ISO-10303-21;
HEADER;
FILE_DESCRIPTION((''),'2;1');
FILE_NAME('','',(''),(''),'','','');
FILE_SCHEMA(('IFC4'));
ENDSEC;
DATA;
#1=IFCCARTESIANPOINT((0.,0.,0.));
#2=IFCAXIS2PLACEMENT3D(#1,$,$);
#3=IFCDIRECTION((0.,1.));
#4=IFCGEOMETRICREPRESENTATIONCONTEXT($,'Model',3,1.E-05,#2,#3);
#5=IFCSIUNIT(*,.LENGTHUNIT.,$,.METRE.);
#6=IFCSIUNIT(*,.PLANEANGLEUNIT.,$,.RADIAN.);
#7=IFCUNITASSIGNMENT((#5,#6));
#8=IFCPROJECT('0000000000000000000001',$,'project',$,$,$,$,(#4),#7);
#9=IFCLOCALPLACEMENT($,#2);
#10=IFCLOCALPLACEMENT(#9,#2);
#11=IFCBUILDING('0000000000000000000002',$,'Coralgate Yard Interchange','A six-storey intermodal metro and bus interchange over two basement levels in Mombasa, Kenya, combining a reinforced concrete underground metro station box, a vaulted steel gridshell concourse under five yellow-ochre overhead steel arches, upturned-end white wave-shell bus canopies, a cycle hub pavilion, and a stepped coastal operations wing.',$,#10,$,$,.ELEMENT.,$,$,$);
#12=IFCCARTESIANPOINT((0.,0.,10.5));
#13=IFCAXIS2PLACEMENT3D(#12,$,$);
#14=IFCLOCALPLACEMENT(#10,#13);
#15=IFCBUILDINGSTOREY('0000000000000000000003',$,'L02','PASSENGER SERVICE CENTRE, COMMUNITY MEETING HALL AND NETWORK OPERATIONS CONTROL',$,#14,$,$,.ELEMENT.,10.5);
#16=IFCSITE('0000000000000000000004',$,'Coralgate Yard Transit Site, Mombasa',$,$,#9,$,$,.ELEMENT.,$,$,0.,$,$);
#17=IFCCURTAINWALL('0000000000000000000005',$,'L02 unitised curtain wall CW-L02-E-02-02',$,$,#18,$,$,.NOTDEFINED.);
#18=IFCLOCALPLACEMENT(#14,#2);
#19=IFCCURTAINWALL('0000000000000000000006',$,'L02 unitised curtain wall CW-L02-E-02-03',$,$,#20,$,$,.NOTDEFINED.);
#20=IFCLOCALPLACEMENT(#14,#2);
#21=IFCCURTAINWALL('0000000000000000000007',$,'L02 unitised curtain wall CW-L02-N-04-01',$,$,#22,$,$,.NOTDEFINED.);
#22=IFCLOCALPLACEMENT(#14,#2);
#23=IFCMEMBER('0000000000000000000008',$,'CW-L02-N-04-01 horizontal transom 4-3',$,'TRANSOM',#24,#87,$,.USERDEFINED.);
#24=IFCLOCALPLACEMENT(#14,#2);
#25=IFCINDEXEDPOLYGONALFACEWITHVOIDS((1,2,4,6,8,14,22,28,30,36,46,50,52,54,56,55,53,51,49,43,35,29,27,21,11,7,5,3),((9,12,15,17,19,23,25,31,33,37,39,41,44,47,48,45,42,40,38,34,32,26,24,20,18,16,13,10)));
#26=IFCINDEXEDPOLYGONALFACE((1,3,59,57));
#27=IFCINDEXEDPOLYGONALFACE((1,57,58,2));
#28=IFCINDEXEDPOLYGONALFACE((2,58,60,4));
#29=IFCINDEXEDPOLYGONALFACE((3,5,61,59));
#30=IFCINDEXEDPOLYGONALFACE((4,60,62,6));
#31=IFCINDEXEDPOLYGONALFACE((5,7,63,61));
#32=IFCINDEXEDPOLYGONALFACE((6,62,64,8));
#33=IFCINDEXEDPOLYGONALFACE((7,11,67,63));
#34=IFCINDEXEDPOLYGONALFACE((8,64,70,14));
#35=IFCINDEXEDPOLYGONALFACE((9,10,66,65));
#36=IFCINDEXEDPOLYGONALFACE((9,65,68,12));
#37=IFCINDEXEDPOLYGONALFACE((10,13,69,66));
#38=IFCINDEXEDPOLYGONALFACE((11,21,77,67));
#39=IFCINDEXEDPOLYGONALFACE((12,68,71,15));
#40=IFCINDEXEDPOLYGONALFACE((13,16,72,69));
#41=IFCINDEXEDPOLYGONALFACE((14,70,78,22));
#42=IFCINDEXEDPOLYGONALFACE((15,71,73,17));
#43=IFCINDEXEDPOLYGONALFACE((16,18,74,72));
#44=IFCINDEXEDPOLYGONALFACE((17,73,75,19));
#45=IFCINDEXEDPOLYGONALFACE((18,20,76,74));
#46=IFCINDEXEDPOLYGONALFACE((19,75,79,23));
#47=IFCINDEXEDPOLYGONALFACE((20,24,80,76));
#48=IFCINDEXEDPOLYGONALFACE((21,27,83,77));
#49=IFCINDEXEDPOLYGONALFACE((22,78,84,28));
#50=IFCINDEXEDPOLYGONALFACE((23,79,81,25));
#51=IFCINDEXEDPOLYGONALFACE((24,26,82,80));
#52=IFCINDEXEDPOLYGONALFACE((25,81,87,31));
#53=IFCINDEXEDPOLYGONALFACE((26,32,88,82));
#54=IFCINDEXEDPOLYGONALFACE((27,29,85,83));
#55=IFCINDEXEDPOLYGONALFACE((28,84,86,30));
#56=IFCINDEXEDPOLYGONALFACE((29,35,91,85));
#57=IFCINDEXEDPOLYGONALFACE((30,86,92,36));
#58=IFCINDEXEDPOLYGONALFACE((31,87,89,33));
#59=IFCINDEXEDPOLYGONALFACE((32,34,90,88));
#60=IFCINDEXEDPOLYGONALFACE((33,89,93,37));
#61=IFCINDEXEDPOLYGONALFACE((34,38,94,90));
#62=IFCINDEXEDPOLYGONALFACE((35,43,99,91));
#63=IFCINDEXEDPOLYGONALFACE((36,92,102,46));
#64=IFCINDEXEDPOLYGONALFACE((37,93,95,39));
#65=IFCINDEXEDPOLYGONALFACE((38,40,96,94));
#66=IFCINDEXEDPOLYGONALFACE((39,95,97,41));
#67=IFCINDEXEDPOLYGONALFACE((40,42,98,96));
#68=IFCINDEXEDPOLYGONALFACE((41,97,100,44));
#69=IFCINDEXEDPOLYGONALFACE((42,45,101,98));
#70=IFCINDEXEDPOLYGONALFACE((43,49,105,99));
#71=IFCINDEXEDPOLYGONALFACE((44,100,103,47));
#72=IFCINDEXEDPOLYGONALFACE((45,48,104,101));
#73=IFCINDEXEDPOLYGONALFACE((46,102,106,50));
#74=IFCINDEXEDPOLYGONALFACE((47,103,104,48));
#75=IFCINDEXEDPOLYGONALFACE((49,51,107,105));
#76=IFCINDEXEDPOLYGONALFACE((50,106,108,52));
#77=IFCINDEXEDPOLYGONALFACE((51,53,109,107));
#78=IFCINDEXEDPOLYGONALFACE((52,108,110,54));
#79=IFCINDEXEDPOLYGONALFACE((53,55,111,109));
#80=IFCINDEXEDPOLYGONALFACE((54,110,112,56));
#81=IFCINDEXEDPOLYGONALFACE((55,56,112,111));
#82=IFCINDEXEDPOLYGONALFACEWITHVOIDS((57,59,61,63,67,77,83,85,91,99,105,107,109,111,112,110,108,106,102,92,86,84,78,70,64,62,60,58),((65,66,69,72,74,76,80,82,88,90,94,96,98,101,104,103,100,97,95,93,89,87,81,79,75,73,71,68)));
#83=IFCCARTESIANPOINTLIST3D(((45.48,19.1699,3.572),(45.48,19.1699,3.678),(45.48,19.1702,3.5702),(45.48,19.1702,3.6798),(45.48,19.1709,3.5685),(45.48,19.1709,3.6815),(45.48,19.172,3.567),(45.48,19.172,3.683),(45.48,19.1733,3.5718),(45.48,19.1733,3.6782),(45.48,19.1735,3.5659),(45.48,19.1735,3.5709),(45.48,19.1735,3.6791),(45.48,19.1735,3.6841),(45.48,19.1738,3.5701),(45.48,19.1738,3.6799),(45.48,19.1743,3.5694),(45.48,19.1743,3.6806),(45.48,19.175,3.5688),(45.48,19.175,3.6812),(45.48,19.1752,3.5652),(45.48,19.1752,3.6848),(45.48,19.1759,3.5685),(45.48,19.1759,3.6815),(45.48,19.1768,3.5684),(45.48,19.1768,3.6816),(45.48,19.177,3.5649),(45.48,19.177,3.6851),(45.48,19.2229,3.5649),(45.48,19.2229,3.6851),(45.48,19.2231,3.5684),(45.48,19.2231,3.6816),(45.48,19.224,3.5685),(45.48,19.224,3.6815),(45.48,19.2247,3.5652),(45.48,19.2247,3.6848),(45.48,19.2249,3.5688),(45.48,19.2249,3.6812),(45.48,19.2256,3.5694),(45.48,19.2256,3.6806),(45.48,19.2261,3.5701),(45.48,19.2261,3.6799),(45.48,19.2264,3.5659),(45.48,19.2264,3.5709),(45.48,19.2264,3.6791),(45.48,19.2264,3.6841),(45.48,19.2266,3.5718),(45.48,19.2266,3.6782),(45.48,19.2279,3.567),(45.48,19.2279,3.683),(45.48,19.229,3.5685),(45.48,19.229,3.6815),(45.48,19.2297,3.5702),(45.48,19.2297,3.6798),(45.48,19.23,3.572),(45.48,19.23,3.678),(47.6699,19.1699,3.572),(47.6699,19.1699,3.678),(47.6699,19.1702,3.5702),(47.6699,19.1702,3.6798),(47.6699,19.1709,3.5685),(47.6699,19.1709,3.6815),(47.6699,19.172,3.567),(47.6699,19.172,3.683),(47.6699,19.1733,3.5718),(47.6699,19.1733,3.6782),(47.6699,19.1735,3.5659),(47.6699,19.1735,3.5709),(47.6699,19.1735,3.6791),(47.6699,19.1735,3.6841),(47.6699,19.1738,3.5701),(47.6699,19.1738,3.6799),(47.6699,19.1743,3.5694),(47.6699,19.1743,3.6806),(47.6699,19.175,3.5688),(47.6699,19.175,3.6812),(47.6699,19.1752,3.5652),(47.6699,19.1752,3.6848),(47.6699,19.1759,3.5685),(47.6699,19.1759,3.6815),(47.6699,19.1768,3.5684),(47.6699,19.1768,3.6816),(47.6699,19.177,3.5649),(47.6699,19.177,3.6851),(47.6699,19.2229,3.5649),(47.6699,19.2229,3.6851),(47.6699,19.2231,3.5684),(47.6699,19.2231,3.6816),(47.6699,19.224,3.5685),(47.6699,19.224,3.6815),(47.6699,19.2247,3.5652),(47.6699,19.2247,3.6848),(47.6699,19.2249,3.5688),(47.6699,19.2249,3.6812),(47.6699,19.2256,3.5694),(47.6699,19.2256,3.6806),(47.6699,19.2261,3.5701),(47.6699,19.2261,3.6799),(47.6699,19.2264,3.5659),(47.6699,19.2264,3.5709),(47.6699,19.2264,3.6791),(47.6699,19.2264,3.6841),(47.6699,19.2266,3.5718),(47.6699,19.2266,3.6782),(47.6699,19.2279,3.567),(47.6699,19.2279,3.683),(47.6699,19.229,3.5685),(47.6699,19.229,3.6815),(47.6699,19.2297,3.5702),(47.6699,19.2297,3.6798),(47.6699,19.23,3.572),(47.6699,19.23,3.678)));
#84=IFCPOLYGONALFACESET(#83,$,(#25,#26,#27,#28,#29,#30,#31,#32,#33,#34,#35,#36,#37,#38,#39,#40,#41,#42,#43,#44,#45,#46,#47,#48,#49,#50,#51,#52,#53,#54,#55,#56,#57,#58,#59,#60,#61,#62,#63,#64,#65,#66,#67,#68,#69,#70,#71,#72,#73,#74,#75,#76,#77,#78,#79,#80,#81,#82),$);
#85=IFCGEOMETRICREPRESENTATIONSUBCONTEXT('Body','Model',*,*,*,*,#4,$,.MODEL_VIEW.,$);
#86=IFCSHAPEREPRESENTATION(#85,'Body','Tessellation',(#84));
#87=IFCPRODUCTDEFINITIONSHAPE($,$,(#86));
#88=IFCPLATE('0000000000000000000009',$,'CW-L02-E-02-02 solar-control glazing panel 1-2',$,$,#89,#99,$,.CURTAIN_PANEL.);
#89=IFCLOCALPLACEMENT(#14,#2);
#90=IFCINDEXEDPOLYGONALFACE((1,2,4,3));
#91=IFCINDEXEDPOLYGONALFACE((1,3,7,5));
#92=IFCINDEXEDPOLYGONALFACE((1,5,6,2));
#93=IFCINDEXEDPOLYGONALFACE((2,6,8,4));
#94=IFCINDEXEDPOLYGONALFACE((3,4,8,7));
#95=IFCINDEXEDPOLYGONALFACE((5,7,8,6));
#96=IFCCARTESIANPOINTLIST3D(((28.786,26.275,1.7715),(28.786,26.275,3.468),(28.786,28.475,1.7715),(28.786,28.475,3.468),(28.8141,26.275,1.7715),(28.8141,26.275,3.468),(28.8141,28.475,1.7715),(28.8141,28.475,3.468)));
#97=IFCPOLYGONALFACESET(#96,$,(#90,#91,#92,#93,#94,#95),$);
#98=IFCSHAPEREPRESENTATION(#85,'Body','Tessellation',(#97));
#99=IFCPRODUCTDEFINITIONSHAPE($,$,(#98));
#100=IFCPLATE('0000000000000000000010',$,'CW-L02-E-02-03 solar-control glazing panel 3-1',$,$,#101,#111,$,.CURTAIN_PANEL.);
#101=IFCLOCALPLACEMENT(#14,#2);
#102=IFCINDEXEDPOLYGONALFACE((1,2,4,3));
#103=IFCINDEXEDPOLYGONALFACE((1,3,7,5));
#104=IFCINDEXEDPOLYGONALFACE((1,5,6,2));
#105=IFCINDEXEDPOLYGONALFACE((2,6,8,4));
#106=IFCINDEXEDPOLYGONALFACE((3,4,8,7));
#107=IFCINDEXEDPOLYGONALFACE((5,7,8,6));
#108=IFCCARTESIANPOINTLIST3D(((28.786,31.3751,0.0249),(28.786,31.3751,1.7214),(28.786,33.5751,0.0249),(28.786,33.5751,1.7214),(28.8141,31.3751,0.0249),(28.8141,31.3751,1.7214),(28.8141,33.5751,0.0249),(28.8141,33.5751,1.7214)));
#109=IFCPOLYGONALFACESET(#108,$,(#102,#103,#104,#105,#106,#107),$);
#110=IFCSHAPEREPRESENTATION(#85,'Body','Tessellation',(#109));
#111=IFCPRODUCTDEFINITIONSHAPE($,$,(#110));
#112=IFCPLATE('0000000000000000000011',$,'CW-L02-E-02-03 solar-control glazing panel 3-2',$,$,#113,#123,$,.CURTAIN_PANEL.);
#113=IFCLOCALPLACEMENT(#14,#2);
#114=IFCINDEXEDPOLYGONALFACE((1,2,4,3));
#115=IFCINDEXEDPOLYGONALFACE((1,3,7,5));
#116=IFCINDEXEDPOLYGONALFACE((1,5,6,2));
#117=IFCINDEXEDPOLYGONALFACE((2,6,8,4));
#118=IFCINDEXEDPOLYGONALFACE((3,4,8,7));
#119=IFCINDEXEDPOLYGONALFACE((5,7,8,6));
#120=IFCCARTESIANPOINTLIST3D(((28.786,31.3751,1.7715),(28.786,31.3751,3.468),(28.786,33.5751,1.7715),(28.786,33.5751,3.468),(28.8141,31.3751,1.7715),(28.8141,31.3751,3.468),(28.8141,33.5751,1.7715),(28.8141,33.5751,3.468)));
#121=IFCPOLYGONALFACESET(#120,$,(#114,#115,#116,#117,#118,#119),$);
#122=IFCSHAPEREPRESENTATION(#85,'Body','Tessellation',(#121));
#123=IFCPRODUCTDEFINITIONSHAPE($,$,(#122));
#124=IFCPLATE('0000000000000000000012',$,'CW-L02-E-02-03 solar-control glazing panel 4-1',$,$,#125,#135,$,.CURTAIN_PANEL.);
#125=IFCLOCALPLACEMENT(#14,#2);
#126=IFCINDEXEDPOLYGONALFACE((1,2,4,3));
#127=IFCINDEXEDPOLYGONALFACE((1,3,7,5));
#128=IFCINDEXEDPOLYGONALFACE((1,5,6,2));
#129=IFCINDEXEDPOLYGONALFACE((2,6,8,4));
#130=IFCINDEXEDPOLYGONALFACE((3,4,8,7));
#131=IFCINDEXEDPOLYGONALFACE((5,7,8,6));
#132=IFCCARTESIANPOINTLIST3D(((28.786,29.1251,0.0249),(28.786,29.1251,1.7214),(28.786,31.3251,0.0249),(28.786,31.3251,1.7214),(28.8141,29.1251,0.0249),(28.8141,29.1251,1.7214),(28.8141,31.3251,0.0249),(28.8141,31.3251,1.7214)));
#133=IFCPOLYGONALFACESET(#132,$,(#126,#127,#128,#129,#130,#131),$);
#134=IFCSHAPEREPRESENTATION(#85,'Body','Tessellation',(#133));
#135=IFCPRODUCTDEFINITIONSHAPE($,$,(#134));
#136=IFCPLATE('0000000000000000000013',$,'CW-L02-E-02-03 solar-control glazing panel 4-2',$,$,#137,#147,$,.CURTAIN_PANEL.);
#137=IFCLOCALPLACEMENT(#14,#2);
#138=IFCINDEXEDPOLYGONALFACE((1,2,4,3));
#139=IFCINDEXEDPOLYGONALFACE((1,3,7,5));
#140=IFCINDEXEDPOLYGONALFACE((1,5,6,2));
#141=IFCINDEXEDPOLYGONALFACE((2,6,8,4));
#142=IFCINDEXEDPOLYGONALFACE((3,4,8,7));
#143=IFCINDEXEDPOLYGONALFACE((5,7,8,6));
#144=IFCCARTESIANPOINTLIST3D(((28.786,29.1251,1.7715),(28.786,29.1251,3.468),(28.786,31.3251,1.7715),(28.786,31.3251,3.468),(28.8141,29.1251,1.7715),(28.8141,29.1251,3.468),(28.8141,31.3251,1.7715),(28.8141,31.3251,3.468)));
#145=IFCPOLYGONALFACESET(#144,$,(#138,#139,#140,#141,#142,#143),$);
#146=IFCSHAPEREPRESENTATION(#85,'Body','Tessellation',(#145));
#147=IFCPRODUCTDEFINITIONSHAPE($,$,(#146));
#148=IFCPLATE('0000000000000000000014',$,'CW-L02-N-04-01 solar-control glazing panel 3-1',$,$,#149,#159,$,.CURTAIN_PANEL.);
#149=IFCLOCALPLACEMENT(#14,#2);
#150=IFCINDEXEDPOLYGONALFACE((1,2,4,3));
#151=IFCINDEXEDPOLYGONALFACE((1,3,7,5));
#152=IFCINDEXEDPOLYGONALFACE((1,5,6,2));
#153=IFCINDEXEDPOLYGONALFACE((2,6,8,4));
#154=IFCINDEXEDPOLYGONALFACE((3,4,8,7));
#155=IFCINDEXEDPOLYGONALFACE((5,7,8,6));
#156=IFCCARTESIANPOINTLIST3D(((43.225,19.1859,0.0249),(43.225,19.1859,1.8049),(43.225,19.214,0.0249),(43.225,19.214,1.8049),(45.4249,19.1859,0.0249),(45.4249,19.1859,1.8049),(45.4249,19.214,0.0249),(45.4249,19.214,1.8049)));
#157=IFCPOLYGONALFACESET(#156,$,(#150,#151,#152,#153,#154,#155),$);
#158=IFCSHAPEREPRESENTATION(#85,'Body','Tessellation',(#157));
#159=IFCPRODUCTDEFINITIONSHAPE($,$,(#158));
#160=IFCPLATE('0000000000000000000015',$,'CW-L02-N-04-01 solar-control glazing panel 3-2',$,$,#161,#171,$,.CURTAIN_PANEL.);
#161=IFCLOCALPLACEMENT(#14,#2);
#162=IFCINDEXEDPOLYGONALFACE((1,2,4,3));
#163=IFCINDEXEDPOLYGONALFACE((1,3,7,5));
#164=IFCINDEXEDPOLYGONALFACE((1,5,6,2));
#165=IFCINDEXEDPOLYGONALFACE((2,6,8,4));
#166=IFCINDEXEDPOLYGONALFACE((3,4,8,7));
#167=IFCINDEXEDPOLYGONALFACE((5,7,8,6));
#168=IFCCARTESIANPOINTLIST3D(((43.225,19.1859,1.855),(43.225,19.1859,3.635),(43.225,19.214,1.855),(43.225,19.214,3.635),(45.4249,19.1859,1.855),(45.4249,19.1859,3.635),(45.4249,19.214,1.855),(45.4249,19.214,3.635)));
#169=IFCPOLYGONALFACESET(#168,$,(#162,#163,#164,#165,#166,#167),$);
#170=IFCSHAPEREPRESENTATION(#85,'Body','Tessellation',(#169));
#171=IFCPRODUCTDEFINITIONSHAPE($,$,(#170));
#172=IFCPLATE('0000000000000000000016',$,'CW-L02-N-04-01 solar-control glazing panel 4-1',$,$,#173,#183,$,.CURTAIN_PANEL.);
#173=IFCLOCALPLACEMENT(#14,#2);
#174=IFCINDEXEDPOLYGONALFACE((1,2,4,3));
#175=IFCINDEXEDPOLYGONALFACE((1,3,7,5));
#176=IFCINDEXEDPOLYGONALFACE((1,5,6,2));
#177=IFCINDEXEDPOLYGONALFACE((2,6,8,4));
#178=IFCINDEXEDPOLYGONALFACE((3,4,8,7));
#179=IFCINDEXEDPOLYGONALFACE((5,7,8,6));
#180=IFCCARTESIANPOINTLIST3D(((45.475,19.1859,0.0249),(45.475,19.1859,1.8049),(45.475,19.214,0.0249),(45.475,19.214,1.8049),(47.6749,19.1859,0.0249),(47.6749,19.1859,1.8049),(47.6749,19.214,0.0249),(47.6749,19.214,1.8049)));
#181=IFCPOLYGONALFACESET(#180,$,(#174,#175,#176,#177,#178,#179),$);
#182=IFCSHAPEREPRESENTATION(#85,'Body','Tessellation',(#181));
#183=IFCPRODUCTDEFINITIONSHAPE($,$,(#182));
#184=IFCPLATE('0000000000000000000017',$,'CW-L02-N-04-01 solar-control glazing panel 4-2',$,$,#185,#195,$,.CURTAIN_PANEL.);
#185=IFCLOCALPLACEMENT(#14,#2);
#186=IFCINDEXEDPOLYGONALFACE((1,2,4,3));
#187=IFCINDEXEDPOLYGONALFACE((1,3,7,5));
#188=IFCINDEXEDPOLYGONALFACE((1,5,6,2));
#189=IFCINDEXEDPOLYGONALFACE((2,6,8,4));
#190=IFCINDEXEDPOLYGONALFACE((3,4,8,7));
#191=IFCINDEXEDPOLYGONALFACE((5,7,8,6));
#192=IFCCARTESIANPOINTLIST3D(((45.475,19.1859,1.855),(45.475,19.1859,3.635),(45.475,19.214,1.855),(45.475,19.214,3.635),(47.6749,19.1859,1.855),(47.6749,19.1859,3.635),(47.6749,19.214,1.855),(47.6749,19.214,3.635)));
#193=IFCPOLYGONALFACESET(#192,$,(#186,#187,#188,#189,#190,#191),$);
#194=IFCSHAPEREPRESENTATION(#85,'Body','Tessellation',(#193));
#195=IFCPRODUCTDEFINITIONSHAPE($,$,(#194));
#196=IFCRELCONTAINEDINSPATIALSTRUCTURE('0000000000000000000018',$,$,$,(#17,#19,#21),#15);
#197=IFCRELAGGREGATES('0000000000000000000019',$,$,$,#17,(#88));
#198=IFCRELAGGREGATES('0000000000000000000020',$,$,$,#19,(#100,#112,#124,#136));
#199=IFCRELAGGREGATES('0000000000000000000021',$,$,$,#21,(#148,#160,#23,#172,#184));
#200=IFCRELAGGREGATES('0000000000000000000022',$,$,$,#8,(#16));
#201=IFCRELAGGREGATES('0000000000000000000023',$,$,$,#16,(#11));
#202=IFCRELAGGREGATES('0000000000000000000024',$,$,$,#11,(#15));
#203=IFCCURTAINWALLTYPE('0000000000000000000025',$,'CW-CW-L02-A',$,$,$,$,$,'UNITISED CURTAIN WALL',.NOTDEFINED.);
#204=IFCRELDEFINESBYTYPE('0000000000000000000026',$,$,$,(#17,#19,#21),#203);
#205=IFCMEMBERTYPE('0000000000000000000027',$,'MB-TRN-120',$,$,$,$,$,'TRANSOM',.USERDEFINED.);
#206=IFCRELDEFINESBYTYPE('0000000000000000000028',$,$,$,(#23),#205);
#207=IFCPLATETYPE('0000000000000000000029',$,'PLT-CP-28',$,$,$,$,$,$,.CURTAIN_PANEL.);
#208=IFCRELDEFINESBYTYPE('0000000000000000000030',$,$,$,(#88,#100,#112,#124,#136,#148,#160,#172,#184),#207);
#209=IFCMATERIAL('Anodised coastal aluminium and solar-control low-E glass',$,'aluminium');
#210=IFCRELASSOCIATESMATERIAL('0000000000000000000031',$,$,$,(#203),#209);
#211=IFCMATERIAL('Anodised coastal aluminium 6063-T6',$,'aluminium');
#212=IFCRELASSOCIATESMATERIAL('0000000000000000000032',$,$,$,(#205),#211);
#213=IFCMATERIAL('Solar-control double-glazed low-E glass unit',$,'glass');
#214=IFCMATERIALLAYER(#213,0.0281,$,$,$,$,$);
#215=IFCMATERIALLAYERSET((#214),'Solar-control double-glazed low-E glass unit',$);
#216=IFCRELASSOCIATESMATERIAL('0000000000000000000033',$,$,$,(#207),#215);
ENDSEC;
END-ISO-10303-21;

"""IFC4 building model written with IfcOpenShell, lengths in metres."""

from ifc_helpers import new_model, si_unit, direction, frame, origin, origin_2d, place, context, subcontext, project, spatial, rectangle, hollow_rectangle, extrude, material, layer, layer_set, material_profile, profile_set, type_object, element, aggregate, save


model = new_model("IFC4")

# Units and contexts
model_context = context("Model", 3, precision=1e-05, world=origin(), true_north=direction((0.0, 1.0)))
body_context = subcontext(model_context, "Body", "Model", "MODEL_VIEW")
ifc_project = project(units=[si_unit("LENGTHUNIT", "METRE"), si_unit("PLANEANGLEUNIT", "RADIAN")], contexts=[model_context])

# Site, building, storey
site_placement = place(None, origin())
site = spatial("IfcSite", under=ifc_project, at=site_placement, Name="Coralgate Yard Transit Site, Mombasa", CompositionType="ELEMENT", RefElevation=0.0)
building_placement = place(site_placement, origin())
building = spatial("IfcBuilding", under=site, at=building_placement, Name="Coralgate Yard Interchange", Description="A six-storey intermodal metro and bus interchange over two basement levels in Mombasa, Kenya, combining a reinforced concrete underground metro station box, a vaulted steel gridshell concourse under five yellow-ochre overhead steel arches, upturned-end white wave-shell bus canopies, a cycle hub pavilion, and a stepped coastal operations wing.", CompositionType="ELEMENT")
storey_placement = place(building_placement, frame((0.0, 0.0, 10.5)))
storey = spatial("IfcBuildingStorey", under=building, at=storey_placement, Name="L02", Description="PASSENGER SERVICE CENTRE, COMMUNITY MEETING HALL AND NETWORK OPERATIONS CONTROL", CompositionType="ELEMENT", Elevation=10.5)

# Curtain wall
ifc_material_1 = material(Name="Anodised coastal aluminium and solar-control low-E glass", Category="aluminium")
curtain_wall_type = type_object("IfcCurtainWallType", Name="CW-CW-L02-A", ElementType="UNITISED CURTAIN WALL", PredefinedType="NOTDEFINED", material=ifc_material_1)
curtain_wall_1_placement = place(storey_placement, origin())
curtain_wall_1 = element("IfcCurtainWall", 1, at=curtain_wall_1_placement, inside=storey, type_object=curtain_wall_type, Name="L02 unitised curtain wall CW-L02-E-02-02", PredefinedType="NOTDEFINED")
ifc_material_2 = material(Name="Anodised coastal aluminium 6063-T6", Category="aluminium")

# Curtain wall
curtain_wall_2_placement = place(storey_placement, origin())
curtain_wall_2 = element("IfcCurtainWall", 2, at=curtain_wall_2_placement, inside=storey, type_object=curtain_wall_type, Name="L02 unitised curtain wall CW-L02-E-02-03", PredefinedType="NOTDEFINED")

# Curtain wall
curtain_wall_3_placement = place(storey_placement, origin())
curtain_wall_3 = element("IfcCurtainWall", 3, at=curtain_wall_3_placement, inside=storey, type_object=curtain_wall_type, Name="L02 unitised curtain wall CW-L02-N-04-01", PredefinedType="NOTDEFINED")

# Member
ifc_material_profile_1 = material_profile(ifc_material_2, hollow_rectangle(XDim=0.0601, YDim=0.1201, WallThickness=0.0034, InnerFilletRadius=0.0034, OuterFilletRadius=0.0071, at=origin_2d()), Name="ALU 60x120x3.5")
ifc_profile_set_1 = profile_set([ifc_material_profile_1], Name="Anodised coastal aluminium 6063-T6")
member_type_1 = type_object("IfcMemberType", Name="MB-TRN-120", ElementType="TRANSOM", PredefinedType="USERDEFINED", material=ifc_profile_set_1)
member_1_placement = place(storey_placement, frame((45.48, 19.2, 3.625), z_axis=(1.0, 0.0, 0.0), x_axis=(0.0, 1.0, 0.0)))
member_1 = element("IfcMember", 4, at=member_1_placement, type_object=member_type_1, Name="CW-L02-N-04-01 horizontal transom 4-3", ObjectType="TRANSOM", PredefinedType="USERDEFINED", context=body_context, shape_type="SweptSolid", body=[
    extrude(hollow_rectangle(XDim=0.0601, YDim=0.1201, WallThickness=0.0034, InnerFilletRadius=0.0034, OuterFilletRadius=0.0071, at=origin_2d()), origin(), (0.0, 0.0, 1.0), 2.1899),
])

# Plates
ifc_material_3 = material(Name="Solar-control double-glazed low-E glass unit", Category="glass")
ifc_layer = layer(ifc_material_3, 0.0281)
ifc_layer_set = layer_set([ifc_layer], Name="Solar-control double-glazed low-E glass unit")
plate_type = type_object("IfcPlateType", Name="PLT-CP-28", PredefinedType="CURTAIN_PANEL", material=ifc_layer_set)
plate_1_placement = place(storey_placement, frame((28.8, 27.375, 1.7715), z_axis=(0.0, 0.0, 1.0), x_axis=(0.0, -1.0, 0.0)))
plate_1 = element("IfcPlate", 5, at=plate_1_placement, type_object=plate_type, Name="CW-L02-E-02-02 solar-control glazing panel 1-2", PredefinedType="CURTAIN_PANEL", context=body_context, shape_type="SweptSolid", body=[
    extrude(rectangle(XDim=2.2, YDim=0.0281, at=origin_2d()), origin(), (0.0, 0.0, 1.0), 1.6965),
])
aggregate(curtain_wall_1, [plate_1])
plate_2_placement = place(storey_placement, frame((28.8, 32.4751, 0.0249), z_axis=(0.0, 0.0, 1.0), x_axis=(0.0, -1.0, 0.0)))
plate_2 = element("IfcPlate", 6, at=plate_2_placement, type_object=plate_type, Name="CW-L02-E-02-03 solar-control glazing panel 3-1", PredefinedType="CURTAIN_PANEL", context=body_context, shape_type="SweptSolid", body=[
    extrude(rectangle(XDim=2.2, YDim=0.0281, at=origin_2d()), origin(), (0.0, 0.0, 1.0), 1.6965),
])
plate_3_placement = place(storey_placement, frame((28.8, 32.4751, 1.7715), z_axis=(0.0, 0.0, 1.0), x_axis=(0.0, -1.0, 0.0)))
plate_3 = element("IfcPlate", 7, at=plate_3_placement, type_object=plate_type, Name="CW-L02-E-02-03 solar-control glazing panel 3-2", PredefinedType="CURTAIN_PANEL", context=body_context, shape_type="SweptSolid", body=[
    extrude(rectangle(XDim=2.2, YDim=0.0281, at=origin_2d()), origin(), (0.0, 0.0, 1.0), 1.6965),
])
plate_4_placement = place(storey_placement, frame((28.8, 30.2251, 0.0249), z_axis=(0.0, 0.0, 1.0), x_axis=(0.0, -1.0, 0.0)))
plate_4 = element("IfcPlate", 8, at=plate_4_placement, type_object=plate_type, Name="CW-L02-E-02-03 solar-control glazing panel 4-1", PredefinedType="CURTAIN_PANEL", context=body_context, shape_type="SweptSolid", body=[
    extrude(rectangle(XDim=2.2, YDim=0.0281, at=origin_2d()), origin(), (0.0, 0.0, 1.0), 1.6965),
])
plate_5_placement = place(storey_placement, frame((28.8, 30.2251, 1.7715), z_axis=(0.0, 0.0, 1.0), x_axis=(0.0, -1.0, 0.0)))
plate_5 = element("IfcPlate", 9, at=plate_5_placement, type_object=plate_type, Name="CW-L02-E-02-03 solar-control glazing panel 4-2", PredefinedType="CURTAIN_PANEL", context=body_context, shape_type="SweptSolid", body=[
    extrude(rectangle(XDim=2.2, YDim=0.0281, at=origin_2d()), origin(), (0.0, 0.0, 1.0), 1.6965),
])
aggregate(curtain_wall_2, [plate_2, plate_3, plate_4, plate_5])
plate_6_placement = place(storey_placement, frame((44.325, 19.2, 0.0249), z_axis=(0.0, 0.0, 1.0), x_axis=(1.0, 0.0, 0.0)))
plate_6 = element("IfcPlate", 10, at=plate_6_placement, type_object=plate_type, Name="CW-L02-N-04-01 solar-control glazing panel 3-1", PredefinedType="CURTAIN_PANEL", context=body_context, shape_type="SweptSolid", body=[
    extrude(rectangle(XDim=2.2, YDim=0.0281, at=origin_2d()), origin(), (0.0, 0.0, 1.0), 1.78),
])
plate_7_placement = place(storey_placement, frame((44.325, 19.2, 1.855), z_axis=(0.0, 0.0, 1.0), x_axis=(1.0, 0.0, 0.0)))
plate_7 = element("IfcPlate", 11, at=plate_7_placement, type_object=plate_type, Name="CW-L02-N-04-01 solar-control glazing panel 3-2", PredefinedType="CURTAIN_PANEL", context=body_context, shape_type="SweptSolid", body=[
    extrude(rectangle(XDim=2.2, YDim=0.0281, at=origin_2d()), origin(), (0.0, 0.0, 1.0), 1.78),
])
plate_8_placement = place(storey_placement, frame((46.575, 19.2, 0.0249), z_axis=(0.0, 0.0, 1.0), x_axis=(1.0, 0.0, 0.0)))
plate_8 = element("IfcPlate", 12, at=plate_8_placement, type_object=plate_type, Name="CW-L02-N-04-01 solar-control glazing panel 4-1", PredefinedType="CURTAIN_PANEL", context=body_context, shape_type="SweptSolid", body=[
    extrude(rectangle(XDim=2.2, YDim=0.0281, at=origin_2d()), origin(), (0.0, 0.0, 1.0), 1.78),
])
plate_9_placement = place(storey_placement, frame((46.575, 19.2, 1.855), z_axis=(0.0, 0.0, 1.0), x_axis=(1.0, 0.0, 0.0)))
plate_9 = element("IfcPlate", 13, at=plate_9_placement, type_object=plate_type, Name="CW-L02-N-04-01 solar-control glazing panel 4-2", PredefinedType="CURTAIN_PANEL", context=body_context, shape_type="SweptSolid", body=[
    extrude(rectangle(XDim=2.2, YDim=0.0281, at=origin_2d()), origin(), (0.0, 0.0, 1.0), 1.78),
])
aggregate(curtain_wall_3, [plate_6, plate_7, member_1, plate_8, plate_9])

save(model, "model.ifc")
